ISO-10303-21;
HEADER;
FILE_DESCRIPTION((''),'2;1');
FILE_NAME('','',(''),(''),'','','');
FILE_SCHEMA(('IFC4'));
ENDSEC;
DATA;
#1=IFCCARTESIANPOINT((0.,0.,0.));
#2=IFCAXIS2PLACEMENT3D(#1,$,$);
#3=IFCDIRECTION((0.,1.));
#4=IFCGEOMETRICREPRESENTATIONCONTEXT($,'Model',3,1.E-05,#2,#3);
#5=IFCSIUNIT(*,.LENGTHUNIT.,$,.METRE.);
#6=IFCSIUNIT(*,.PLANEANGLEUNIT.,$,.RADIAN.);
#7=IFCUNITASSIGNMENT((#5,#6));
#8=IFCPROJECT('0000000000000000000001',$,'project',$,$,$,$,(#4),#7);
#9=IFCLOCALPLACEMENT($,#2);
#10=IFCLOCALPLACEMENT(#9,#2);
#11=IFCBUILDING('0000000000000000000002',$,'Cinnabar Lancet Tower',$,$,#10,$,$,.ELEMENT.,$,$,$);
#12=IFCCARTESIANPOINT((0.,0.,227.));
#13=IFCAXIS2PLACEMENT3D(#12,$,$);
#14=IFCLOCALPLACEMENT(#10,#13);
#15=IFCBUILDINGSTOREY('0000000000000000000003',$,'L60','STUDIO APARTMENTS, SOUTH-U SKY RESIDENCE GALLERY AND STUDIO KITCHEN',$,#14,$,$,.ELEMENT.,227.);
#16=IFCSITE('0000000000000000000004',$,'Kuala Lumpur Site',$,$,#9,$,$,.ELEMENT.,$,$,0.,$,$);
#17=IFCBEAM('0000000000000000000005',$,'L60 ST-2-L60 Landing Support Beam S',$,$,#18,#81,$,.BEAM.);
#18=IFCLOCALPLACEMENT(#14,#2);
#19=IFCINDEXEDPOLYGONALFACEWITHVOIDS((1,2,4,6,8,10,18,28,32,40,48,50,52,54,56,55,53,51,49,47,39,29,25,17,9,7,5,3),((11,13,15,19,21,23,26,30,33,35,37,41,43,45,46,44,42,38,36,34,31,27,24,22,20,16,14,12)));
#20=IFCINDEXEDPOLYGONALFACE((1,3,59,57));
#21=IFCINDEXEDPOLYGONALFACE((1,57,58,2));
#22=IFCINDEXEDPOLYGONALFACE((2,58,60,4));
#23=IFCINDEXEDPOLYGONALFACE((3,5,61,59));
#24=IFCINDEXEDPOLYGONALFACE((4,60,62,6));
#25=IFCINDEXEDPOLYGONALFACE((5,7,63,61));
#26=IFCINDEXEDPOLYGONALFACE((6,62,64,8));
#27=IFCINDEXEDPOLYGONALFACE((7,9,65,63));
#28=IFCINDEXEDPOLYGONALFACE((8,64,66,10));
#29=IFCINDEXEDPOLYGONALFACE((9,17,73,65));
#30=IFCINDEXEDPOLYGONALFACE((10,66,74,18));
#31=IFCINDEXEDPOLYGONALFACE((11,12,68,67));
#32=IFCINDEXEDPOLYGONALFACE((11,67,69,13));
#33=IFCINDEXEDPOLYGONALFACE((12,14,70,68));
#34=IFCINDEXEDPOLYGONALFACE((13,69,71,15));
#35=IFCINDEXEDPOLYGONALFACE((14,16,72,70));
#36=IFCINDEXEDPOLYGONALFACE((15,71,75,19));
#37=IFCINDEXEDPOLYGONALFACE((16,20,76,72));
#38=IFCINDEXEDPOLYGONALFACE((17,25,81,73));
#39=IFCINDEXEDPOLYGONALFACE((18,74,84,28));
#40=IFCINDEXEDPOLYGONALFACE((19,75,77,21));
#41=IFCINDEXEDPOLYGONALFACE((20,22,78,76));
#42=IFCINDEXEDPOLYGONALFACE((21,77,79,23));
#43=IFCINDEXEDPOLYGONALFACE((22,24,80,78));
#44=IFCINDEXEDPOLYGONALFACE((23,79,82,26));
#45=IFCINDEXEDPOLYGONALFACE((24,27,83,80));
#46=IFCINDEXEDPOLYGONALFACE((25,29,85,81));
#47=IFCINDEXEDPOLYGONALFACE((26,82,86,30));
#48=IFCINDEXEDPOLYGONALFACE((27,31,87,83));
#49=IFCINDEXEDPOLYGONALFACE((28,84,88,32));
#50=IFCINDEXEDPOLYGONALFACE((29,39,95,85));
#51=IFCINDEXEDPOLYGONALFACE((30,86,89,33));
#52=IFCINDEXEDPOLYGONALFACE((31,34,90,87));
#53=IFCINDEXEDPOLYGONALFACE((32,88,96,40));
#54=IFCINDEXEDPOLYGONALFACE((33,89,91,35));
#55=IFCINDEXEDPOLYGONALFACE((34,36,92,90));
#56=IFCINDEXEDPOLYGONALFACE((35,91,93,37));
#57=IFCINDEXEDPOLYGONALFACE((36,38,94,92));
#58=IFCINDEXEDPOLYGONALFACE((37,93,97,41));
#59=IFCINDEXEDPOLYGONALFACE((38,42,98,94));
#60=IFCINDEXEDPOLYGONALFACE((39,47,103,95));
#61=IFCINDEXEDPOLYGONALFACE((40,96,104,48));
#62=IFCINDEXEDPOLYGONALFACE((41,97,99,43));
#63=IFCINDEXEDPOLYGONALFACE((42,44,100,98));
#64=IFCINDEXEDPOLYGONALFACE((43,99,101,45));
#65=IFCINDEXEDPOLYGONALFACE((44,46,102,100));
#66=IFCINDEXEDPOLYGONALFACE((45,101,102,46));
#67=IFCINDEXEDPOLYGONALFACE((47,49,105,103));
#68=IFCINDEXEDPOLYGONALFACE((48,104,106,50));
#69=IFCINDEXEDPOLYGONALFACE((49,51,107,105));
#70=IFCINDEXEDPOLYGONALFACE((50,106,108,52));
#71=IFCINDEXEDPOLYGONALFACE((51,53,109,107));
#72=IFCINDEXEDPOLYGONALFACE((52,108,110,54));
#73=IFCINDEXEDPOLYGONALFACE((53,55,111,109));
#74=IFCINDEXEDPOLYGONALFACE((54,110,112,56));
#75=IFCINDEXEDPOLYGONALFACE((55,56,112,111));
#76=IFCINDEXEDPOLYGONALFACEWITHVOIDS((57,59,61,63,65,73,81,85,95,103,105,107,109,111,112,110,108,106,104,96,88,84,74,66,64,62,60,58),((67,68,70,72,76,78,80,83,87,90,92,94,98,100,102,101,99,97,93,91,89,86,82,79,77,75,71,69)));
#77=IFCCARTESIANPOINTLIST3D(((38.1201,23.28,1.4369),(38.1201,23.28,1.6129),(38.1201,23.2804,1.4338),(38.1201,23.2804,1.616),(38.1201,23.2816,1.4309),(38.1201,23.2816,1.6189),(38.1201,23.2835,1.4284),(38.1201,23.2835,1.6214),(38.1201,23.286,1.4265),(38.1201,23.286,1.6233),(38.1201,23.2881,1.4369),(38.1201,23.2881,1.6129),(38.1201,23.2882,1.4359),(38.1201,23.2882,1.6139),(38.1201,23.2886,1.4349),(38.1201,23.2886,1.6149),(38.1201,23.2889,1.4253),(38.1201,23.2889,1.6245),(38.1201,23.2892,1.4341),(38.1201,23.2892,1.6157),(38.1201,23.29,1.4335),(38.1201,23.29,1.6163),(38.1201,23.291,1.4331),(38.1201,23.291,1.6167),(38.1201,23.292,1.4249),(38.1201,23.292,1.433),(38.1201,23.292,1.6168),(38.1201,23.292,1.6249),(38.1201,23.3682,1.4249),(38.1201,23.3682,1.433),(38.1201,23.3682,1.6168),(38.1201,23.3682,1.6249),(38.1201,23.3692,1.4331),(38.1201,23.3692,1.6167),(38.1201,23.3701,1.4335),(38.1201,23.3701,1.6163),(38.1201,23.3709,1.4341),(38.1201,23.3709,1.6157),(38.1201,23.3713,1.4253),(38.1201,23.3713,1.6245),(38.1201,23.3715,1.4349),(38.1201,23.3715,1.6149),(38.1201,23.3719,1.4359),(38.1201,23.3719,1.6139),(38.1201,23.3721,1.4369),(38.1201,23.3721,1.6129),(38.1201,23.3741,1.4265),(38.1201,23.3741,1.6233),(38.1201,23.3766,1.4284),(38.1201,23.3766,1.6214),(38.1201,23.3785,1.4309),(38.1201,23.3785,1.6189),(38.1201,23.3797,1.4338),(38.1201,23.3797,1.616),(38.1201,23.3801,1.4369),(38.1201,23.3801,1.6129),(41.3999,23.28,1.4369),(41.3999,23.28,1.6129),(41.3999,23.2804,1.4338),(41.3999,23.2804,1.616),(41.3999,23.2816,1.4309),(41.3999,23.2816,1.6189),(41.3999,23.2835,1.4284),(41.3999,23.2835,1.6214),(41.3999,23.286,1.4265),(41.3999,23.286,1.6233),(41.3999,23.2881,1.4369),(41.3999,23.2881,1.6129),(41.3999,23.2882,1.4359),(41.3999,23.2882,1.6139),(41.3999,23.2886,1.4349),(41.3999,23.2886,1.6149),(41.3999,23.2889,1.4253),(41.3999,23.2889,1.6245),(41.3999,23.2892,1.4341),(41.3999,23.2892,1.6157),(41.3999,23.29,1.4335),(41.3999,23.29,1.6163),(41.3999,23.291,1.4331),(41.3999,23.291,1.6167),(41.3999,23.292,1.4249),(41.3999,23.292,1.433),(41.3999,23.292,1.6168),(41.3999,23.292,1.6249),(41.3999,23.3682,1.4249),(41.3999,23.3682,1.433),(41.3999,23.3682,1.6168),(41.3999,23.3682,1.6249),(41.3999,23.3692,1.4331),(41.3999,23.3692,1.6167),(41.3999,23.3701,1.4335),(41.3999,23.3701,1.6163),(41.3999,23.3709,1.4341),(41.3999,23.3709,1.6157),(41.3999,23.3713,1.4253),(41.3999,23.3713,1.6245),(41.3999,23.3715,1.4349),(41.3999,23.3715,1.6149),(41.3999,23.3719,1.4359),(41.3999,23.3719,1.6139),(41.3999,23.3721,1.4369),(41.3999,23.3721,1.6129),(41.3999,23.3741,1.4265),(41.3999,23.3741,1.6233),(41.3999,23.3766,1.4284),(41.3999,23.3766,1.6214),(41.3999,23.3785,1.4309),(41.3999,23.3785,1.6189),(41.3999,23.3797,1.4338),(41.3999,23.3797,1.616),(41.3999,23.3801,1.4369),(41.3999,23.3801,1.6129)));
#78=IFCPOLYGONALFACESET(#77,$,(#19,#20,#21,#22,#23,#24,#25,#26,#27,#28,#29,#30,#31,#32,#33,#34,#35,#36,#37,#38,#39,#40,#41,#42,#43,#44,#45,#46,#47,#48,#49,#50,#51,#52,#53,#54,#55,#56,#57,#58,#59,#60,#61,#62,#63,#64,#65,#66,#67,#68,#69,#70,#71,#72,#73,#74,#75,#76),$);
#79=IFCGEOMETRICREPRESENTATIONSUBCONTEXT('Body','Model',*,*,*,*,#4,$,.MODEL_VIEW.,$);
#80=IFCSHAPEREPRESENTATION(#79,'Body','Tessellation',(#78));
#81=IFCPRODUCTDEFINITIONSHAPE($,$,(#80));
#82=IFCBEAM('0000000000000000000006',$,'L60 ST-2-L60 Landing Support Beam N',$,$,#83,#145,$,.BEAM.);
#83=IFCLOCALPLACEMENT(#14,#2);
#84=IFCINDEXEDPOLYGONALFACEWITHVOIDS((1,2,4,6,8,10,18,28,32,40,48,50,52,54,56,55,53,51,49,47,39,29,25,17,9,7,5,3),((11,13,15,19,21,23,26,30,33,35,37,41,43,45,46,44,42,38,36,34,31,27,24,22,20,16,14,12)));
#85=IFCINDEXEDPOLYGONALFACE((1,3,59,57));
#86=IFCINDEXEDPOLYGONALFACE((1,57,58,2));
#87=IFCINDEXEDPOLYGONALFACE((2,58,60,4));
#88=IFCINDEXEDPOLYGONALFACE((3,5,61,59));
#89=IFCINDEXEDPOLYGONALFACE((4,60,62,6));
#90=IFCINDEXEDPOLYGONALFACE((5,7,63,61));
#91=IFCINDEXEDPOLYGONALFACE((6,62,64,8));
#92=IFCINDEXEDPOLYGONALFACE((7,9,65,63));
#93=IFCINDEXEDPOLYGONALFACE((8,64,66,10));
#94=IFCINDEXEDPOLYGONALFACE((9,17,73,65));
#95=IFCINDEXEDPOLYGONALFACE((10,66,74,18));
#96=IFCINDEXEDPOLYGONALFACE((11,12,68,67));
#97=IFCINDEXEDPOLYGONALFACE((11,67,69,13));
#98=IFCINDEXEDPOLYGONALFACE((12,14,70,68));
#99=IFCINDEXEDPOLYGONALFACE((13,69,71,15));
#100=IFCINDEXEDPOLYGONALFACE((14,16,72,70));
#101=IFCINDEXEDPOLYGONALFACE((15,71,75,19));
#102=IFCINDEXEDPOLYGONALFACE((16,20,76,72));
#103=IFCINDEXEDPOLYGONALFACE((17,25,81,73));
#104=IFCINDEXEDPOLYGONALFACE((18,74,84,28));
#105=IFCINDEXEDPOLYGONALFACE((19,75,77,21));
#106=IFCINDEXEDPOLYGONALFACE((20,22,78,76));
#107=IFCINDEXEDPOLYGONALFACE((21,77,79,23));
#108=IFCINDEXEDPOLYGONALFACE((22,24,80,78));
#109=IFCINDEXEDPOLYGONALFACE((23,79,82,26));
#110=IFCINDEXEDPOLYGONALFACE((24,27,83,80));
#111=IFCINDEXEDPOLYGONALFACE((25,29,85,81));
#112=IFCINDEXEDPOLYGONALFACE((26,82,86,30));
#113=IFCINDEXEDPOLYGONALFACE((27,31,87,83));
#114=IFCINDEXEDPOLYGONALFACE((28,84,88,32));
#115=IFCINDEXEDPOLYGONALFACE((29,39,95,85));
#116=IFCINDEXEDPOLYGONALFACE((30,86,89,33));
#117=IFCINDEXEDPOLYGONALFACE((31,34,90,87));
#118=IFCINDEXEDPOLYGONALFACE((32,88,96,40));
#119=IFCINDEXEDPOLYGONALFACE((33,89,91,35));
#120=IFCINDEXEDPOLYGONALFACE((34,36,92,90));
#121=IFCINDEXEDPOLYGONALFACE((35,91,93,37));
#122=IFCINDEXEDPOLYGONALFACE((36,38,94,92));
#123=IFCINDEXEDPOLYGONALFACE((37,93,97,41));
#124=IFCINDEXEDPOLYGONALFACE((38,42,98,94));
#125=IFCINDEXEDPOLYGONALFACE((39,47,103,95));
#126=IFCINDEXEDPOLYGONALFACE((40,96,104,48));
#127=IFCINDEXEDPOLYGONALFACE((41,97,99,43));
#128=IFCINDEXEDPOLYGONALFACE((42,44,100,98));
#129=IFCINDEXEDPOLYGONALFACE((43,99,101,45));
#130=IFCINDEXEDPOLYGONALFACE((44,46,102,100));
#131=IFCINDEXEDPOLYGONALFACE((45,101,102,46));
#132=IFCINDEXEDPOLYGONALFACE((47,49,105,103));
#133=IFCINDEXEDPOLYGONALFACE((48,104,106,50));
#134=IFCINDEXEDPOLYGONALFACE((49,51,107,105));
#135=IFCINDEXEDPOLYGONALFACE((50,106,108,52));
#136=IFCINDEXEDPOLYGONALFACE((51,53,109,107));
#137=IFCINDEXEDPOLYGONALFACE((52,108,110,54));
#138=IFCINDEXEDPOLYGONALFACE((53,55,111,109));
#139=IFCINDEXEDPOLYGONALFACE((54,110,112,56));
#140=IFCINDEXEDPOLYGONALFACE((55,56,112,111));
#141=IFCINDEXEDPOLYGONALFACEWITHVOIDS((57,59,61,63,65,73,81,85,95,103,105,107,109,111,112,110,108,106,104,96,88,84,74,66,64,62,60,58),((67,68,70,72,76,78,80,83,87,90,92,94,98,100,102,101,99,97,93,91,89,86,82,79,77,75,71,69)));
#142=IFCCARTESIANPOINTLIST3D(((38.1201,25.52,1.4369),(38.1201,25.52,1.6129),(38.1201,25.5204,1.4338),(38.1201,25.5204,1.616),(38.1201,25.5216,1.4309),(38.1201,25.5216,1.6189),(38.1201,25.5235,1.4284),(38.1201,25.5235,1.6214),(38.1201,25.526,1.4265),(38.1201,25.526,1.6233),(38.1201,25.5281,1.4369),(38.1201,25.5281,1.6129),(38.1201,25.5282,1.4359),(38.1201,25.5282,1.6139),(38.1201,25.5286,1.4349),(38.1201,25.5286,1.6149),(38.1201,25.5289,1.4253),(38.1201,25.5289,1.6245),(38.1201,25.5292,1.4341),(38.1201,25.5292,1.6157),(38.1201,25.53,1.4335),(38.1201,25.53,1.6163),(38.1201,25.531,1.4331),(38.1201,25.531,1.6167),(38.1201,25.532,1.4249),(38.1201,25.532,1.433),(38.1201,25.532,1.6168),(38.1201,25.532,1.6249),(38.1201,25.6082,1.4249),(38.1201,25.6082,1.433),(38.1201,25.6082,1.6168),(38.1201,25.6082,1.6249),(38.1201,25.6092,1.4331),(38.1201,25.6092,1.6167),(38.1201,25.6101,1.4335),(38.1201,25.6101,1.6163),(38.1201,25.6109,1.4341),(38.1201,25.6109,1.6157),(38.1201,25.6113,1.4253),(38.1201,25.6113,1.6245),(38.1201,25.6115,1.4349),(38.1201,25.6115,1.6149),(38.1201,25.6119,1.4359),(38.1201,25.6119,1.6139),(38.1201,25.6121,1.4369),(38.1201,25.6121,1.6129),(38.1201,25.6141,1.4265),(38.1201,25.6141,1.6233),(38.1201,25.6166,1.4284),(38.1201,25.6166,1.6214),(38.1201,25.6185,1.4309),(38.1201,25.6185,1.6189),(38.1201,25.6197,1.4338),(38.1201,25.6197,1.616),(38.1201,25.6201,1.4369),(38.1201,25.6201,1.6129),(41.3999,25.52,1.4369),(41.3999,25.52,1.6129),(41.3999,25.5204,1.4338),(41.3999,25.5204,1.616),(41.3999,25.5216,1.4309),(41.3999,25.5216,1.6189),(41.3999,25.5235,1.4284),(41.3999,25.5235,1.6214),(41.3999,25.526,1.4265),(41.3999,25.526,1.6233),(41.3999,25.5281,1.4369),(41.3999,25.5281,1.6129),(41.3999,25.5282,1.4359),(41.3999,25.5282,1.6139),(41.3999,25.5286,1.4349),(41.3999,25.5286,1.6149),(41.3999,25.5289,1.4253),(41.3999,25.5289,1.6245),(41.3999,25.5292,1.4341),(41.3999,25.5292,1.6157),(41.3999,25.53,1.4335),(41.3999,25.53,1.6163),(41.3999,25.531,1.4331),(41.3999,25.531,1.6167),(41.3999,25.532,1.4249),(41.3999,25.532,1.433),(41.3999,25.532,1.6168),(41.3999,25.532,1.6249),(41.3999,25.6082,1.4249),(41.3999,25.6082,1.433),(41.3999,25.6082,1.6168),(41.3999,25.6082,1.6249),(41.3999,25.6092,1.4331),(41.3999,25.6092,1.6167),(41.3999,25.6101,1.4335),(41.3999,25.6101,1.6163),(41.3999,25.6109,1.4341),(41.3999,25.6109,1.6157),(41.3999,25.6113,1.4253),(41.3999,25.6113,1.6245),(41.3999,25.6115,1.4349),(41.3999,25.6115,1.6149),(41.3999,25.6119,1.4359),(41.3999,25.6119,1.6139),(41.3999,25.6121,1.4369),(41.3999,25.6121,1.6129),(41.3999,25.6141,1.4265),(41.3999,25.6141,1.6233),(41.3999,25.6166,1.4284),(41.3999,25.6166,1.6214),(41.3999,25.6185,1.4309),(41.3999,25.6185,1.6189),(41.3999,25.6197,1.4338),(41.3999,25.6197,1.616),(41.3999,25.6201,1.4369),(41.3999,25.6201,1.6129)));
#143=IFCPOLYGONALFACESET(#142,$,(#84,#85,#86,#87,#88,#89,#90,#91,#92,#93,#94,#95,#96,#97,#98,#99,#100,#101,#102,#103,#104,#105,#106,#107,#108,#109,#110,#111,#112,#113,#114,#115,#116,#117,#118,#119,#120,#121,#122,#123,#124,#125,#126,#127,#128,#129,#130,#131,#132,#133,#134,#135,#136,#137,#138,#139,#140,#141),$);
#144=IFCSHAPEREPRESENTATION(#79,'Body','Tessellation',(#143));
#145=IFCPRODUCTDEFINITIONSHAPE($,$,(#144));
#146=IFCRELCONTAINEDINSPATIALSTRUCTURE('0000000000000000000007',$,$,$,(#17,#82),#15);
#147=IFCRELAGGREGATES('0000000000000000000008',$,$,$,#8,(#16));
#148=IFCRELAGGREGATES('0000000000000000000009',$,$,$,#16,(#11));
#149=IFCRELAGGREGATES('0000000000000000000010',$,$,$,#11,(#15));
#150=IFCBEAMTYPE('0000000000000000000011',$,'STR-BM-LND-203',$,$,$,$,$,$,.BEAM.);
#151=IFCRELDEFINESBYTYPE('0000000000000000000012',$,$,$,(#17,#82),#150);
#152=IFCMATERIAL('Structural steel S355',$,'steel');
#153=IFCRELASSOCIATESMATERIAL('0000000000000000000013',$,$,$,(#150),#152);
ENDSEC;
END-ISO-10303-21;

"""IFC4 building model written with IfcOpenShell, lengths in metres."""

from ifc_helpers import new_model, si_unit, direction, frame, origin, origin_2d, place, context, subcontext, project, spatial, hollow_rectangle, extrude, material, material_profile, profile_set, type_object, element, save


model = new_model("IFC4")

# Units and contexts
model_context = context("Model", 3, precision=1e-05, world=origin(), true_north=direction((0.0, 1.0)))
body_context = subcontext(model_context, "Body", "Model", "MODEL_VIEW")
ifc_project = project(units=[si_unit("LENGTHUNIT", "METRE"), si_unit("PLANEANGLEUNIT", "RADIAN")], contexts=[model_context])

# Site, building, storey
site_placement = place(None, origin())
site = spatial("IfcSite", under=ifc_project, at=site_placement, Name="Kuala Lumpur Site", CompositionType="ELEMENT", RefElevation=0.0)
building_placement = place(site_placement, origin())
building = spatial("IfcBuilding", under=site, at=building_placement, Name="Cinnabar Lancet Tower", CompositionType="ELEMENT")
storey_placement = place(building_placement, frame((0.0, 0.0, 227.0)))
storey = spatial("IfcBuildingStorey", under=building, at=storey_placement, Name="L60", Description="STUDIO APARTMENTS, SOUTH-U SKY RESIDENCE GALLERY AND STUDIO KITCHEN", CompositionType="ELEMENT", Elevation=227.0)

# Beams
ifc_material_1 = material(Name="Structural steel S355", Category="steel")
ifc_material_profile = material_profile(ifc_material_1, hollow_rectangle(XDim=0.1001, YDim=0.2, WallThickness=0.0081, InnerFilletRadius=0.0039, OuterFilletRadius=0.012, at=origin_2d()), Name="RHS 200x100x8")
ifc_profile_set = profile_set([ifc_material_profile], Name="Structural steel S355")
beam_type = type_object("IfcBeamType", Name="STR-BM-LND-203", PredefinedType="BEAM", material=ifc_profile_set)
for number, where, z_axis, x_axis, name in (
    (1, (38.1201, 23.3301, 1.5249), (1.0, 0.0, 0.0), (0.0, 1.0, 0.0), "L60 ST-2-L60 Landing Support Beam S"),
    (2, (38.1201, 25.5701, 1.5249), (1.0, 0.0, 0.0), (0.0, 1.0, 0.0), "L60 ST-2-L60 Landing Support Beam N"),
):
    element("IfcBeam", number, at=place(storey_placement, frame(where, z_axis=z_axis, x_axis=x_axis)), inside=storey, type_object=beam_type, Name=name, PredefinedType="BEAM", context=body_context, shape_type="SweptSolid", body=[
        extrude(hollow_rectangle(XDim=0.1001, YDim=0.2, WallThickness=0.0081, InnerFilletRadius=0.0039, OuterFilletRadius=0.012, at=origin_2d()), origin(), (0.0, 0.0, 1.0), 3.2798),
    ])

save(model, "model.ifc")
